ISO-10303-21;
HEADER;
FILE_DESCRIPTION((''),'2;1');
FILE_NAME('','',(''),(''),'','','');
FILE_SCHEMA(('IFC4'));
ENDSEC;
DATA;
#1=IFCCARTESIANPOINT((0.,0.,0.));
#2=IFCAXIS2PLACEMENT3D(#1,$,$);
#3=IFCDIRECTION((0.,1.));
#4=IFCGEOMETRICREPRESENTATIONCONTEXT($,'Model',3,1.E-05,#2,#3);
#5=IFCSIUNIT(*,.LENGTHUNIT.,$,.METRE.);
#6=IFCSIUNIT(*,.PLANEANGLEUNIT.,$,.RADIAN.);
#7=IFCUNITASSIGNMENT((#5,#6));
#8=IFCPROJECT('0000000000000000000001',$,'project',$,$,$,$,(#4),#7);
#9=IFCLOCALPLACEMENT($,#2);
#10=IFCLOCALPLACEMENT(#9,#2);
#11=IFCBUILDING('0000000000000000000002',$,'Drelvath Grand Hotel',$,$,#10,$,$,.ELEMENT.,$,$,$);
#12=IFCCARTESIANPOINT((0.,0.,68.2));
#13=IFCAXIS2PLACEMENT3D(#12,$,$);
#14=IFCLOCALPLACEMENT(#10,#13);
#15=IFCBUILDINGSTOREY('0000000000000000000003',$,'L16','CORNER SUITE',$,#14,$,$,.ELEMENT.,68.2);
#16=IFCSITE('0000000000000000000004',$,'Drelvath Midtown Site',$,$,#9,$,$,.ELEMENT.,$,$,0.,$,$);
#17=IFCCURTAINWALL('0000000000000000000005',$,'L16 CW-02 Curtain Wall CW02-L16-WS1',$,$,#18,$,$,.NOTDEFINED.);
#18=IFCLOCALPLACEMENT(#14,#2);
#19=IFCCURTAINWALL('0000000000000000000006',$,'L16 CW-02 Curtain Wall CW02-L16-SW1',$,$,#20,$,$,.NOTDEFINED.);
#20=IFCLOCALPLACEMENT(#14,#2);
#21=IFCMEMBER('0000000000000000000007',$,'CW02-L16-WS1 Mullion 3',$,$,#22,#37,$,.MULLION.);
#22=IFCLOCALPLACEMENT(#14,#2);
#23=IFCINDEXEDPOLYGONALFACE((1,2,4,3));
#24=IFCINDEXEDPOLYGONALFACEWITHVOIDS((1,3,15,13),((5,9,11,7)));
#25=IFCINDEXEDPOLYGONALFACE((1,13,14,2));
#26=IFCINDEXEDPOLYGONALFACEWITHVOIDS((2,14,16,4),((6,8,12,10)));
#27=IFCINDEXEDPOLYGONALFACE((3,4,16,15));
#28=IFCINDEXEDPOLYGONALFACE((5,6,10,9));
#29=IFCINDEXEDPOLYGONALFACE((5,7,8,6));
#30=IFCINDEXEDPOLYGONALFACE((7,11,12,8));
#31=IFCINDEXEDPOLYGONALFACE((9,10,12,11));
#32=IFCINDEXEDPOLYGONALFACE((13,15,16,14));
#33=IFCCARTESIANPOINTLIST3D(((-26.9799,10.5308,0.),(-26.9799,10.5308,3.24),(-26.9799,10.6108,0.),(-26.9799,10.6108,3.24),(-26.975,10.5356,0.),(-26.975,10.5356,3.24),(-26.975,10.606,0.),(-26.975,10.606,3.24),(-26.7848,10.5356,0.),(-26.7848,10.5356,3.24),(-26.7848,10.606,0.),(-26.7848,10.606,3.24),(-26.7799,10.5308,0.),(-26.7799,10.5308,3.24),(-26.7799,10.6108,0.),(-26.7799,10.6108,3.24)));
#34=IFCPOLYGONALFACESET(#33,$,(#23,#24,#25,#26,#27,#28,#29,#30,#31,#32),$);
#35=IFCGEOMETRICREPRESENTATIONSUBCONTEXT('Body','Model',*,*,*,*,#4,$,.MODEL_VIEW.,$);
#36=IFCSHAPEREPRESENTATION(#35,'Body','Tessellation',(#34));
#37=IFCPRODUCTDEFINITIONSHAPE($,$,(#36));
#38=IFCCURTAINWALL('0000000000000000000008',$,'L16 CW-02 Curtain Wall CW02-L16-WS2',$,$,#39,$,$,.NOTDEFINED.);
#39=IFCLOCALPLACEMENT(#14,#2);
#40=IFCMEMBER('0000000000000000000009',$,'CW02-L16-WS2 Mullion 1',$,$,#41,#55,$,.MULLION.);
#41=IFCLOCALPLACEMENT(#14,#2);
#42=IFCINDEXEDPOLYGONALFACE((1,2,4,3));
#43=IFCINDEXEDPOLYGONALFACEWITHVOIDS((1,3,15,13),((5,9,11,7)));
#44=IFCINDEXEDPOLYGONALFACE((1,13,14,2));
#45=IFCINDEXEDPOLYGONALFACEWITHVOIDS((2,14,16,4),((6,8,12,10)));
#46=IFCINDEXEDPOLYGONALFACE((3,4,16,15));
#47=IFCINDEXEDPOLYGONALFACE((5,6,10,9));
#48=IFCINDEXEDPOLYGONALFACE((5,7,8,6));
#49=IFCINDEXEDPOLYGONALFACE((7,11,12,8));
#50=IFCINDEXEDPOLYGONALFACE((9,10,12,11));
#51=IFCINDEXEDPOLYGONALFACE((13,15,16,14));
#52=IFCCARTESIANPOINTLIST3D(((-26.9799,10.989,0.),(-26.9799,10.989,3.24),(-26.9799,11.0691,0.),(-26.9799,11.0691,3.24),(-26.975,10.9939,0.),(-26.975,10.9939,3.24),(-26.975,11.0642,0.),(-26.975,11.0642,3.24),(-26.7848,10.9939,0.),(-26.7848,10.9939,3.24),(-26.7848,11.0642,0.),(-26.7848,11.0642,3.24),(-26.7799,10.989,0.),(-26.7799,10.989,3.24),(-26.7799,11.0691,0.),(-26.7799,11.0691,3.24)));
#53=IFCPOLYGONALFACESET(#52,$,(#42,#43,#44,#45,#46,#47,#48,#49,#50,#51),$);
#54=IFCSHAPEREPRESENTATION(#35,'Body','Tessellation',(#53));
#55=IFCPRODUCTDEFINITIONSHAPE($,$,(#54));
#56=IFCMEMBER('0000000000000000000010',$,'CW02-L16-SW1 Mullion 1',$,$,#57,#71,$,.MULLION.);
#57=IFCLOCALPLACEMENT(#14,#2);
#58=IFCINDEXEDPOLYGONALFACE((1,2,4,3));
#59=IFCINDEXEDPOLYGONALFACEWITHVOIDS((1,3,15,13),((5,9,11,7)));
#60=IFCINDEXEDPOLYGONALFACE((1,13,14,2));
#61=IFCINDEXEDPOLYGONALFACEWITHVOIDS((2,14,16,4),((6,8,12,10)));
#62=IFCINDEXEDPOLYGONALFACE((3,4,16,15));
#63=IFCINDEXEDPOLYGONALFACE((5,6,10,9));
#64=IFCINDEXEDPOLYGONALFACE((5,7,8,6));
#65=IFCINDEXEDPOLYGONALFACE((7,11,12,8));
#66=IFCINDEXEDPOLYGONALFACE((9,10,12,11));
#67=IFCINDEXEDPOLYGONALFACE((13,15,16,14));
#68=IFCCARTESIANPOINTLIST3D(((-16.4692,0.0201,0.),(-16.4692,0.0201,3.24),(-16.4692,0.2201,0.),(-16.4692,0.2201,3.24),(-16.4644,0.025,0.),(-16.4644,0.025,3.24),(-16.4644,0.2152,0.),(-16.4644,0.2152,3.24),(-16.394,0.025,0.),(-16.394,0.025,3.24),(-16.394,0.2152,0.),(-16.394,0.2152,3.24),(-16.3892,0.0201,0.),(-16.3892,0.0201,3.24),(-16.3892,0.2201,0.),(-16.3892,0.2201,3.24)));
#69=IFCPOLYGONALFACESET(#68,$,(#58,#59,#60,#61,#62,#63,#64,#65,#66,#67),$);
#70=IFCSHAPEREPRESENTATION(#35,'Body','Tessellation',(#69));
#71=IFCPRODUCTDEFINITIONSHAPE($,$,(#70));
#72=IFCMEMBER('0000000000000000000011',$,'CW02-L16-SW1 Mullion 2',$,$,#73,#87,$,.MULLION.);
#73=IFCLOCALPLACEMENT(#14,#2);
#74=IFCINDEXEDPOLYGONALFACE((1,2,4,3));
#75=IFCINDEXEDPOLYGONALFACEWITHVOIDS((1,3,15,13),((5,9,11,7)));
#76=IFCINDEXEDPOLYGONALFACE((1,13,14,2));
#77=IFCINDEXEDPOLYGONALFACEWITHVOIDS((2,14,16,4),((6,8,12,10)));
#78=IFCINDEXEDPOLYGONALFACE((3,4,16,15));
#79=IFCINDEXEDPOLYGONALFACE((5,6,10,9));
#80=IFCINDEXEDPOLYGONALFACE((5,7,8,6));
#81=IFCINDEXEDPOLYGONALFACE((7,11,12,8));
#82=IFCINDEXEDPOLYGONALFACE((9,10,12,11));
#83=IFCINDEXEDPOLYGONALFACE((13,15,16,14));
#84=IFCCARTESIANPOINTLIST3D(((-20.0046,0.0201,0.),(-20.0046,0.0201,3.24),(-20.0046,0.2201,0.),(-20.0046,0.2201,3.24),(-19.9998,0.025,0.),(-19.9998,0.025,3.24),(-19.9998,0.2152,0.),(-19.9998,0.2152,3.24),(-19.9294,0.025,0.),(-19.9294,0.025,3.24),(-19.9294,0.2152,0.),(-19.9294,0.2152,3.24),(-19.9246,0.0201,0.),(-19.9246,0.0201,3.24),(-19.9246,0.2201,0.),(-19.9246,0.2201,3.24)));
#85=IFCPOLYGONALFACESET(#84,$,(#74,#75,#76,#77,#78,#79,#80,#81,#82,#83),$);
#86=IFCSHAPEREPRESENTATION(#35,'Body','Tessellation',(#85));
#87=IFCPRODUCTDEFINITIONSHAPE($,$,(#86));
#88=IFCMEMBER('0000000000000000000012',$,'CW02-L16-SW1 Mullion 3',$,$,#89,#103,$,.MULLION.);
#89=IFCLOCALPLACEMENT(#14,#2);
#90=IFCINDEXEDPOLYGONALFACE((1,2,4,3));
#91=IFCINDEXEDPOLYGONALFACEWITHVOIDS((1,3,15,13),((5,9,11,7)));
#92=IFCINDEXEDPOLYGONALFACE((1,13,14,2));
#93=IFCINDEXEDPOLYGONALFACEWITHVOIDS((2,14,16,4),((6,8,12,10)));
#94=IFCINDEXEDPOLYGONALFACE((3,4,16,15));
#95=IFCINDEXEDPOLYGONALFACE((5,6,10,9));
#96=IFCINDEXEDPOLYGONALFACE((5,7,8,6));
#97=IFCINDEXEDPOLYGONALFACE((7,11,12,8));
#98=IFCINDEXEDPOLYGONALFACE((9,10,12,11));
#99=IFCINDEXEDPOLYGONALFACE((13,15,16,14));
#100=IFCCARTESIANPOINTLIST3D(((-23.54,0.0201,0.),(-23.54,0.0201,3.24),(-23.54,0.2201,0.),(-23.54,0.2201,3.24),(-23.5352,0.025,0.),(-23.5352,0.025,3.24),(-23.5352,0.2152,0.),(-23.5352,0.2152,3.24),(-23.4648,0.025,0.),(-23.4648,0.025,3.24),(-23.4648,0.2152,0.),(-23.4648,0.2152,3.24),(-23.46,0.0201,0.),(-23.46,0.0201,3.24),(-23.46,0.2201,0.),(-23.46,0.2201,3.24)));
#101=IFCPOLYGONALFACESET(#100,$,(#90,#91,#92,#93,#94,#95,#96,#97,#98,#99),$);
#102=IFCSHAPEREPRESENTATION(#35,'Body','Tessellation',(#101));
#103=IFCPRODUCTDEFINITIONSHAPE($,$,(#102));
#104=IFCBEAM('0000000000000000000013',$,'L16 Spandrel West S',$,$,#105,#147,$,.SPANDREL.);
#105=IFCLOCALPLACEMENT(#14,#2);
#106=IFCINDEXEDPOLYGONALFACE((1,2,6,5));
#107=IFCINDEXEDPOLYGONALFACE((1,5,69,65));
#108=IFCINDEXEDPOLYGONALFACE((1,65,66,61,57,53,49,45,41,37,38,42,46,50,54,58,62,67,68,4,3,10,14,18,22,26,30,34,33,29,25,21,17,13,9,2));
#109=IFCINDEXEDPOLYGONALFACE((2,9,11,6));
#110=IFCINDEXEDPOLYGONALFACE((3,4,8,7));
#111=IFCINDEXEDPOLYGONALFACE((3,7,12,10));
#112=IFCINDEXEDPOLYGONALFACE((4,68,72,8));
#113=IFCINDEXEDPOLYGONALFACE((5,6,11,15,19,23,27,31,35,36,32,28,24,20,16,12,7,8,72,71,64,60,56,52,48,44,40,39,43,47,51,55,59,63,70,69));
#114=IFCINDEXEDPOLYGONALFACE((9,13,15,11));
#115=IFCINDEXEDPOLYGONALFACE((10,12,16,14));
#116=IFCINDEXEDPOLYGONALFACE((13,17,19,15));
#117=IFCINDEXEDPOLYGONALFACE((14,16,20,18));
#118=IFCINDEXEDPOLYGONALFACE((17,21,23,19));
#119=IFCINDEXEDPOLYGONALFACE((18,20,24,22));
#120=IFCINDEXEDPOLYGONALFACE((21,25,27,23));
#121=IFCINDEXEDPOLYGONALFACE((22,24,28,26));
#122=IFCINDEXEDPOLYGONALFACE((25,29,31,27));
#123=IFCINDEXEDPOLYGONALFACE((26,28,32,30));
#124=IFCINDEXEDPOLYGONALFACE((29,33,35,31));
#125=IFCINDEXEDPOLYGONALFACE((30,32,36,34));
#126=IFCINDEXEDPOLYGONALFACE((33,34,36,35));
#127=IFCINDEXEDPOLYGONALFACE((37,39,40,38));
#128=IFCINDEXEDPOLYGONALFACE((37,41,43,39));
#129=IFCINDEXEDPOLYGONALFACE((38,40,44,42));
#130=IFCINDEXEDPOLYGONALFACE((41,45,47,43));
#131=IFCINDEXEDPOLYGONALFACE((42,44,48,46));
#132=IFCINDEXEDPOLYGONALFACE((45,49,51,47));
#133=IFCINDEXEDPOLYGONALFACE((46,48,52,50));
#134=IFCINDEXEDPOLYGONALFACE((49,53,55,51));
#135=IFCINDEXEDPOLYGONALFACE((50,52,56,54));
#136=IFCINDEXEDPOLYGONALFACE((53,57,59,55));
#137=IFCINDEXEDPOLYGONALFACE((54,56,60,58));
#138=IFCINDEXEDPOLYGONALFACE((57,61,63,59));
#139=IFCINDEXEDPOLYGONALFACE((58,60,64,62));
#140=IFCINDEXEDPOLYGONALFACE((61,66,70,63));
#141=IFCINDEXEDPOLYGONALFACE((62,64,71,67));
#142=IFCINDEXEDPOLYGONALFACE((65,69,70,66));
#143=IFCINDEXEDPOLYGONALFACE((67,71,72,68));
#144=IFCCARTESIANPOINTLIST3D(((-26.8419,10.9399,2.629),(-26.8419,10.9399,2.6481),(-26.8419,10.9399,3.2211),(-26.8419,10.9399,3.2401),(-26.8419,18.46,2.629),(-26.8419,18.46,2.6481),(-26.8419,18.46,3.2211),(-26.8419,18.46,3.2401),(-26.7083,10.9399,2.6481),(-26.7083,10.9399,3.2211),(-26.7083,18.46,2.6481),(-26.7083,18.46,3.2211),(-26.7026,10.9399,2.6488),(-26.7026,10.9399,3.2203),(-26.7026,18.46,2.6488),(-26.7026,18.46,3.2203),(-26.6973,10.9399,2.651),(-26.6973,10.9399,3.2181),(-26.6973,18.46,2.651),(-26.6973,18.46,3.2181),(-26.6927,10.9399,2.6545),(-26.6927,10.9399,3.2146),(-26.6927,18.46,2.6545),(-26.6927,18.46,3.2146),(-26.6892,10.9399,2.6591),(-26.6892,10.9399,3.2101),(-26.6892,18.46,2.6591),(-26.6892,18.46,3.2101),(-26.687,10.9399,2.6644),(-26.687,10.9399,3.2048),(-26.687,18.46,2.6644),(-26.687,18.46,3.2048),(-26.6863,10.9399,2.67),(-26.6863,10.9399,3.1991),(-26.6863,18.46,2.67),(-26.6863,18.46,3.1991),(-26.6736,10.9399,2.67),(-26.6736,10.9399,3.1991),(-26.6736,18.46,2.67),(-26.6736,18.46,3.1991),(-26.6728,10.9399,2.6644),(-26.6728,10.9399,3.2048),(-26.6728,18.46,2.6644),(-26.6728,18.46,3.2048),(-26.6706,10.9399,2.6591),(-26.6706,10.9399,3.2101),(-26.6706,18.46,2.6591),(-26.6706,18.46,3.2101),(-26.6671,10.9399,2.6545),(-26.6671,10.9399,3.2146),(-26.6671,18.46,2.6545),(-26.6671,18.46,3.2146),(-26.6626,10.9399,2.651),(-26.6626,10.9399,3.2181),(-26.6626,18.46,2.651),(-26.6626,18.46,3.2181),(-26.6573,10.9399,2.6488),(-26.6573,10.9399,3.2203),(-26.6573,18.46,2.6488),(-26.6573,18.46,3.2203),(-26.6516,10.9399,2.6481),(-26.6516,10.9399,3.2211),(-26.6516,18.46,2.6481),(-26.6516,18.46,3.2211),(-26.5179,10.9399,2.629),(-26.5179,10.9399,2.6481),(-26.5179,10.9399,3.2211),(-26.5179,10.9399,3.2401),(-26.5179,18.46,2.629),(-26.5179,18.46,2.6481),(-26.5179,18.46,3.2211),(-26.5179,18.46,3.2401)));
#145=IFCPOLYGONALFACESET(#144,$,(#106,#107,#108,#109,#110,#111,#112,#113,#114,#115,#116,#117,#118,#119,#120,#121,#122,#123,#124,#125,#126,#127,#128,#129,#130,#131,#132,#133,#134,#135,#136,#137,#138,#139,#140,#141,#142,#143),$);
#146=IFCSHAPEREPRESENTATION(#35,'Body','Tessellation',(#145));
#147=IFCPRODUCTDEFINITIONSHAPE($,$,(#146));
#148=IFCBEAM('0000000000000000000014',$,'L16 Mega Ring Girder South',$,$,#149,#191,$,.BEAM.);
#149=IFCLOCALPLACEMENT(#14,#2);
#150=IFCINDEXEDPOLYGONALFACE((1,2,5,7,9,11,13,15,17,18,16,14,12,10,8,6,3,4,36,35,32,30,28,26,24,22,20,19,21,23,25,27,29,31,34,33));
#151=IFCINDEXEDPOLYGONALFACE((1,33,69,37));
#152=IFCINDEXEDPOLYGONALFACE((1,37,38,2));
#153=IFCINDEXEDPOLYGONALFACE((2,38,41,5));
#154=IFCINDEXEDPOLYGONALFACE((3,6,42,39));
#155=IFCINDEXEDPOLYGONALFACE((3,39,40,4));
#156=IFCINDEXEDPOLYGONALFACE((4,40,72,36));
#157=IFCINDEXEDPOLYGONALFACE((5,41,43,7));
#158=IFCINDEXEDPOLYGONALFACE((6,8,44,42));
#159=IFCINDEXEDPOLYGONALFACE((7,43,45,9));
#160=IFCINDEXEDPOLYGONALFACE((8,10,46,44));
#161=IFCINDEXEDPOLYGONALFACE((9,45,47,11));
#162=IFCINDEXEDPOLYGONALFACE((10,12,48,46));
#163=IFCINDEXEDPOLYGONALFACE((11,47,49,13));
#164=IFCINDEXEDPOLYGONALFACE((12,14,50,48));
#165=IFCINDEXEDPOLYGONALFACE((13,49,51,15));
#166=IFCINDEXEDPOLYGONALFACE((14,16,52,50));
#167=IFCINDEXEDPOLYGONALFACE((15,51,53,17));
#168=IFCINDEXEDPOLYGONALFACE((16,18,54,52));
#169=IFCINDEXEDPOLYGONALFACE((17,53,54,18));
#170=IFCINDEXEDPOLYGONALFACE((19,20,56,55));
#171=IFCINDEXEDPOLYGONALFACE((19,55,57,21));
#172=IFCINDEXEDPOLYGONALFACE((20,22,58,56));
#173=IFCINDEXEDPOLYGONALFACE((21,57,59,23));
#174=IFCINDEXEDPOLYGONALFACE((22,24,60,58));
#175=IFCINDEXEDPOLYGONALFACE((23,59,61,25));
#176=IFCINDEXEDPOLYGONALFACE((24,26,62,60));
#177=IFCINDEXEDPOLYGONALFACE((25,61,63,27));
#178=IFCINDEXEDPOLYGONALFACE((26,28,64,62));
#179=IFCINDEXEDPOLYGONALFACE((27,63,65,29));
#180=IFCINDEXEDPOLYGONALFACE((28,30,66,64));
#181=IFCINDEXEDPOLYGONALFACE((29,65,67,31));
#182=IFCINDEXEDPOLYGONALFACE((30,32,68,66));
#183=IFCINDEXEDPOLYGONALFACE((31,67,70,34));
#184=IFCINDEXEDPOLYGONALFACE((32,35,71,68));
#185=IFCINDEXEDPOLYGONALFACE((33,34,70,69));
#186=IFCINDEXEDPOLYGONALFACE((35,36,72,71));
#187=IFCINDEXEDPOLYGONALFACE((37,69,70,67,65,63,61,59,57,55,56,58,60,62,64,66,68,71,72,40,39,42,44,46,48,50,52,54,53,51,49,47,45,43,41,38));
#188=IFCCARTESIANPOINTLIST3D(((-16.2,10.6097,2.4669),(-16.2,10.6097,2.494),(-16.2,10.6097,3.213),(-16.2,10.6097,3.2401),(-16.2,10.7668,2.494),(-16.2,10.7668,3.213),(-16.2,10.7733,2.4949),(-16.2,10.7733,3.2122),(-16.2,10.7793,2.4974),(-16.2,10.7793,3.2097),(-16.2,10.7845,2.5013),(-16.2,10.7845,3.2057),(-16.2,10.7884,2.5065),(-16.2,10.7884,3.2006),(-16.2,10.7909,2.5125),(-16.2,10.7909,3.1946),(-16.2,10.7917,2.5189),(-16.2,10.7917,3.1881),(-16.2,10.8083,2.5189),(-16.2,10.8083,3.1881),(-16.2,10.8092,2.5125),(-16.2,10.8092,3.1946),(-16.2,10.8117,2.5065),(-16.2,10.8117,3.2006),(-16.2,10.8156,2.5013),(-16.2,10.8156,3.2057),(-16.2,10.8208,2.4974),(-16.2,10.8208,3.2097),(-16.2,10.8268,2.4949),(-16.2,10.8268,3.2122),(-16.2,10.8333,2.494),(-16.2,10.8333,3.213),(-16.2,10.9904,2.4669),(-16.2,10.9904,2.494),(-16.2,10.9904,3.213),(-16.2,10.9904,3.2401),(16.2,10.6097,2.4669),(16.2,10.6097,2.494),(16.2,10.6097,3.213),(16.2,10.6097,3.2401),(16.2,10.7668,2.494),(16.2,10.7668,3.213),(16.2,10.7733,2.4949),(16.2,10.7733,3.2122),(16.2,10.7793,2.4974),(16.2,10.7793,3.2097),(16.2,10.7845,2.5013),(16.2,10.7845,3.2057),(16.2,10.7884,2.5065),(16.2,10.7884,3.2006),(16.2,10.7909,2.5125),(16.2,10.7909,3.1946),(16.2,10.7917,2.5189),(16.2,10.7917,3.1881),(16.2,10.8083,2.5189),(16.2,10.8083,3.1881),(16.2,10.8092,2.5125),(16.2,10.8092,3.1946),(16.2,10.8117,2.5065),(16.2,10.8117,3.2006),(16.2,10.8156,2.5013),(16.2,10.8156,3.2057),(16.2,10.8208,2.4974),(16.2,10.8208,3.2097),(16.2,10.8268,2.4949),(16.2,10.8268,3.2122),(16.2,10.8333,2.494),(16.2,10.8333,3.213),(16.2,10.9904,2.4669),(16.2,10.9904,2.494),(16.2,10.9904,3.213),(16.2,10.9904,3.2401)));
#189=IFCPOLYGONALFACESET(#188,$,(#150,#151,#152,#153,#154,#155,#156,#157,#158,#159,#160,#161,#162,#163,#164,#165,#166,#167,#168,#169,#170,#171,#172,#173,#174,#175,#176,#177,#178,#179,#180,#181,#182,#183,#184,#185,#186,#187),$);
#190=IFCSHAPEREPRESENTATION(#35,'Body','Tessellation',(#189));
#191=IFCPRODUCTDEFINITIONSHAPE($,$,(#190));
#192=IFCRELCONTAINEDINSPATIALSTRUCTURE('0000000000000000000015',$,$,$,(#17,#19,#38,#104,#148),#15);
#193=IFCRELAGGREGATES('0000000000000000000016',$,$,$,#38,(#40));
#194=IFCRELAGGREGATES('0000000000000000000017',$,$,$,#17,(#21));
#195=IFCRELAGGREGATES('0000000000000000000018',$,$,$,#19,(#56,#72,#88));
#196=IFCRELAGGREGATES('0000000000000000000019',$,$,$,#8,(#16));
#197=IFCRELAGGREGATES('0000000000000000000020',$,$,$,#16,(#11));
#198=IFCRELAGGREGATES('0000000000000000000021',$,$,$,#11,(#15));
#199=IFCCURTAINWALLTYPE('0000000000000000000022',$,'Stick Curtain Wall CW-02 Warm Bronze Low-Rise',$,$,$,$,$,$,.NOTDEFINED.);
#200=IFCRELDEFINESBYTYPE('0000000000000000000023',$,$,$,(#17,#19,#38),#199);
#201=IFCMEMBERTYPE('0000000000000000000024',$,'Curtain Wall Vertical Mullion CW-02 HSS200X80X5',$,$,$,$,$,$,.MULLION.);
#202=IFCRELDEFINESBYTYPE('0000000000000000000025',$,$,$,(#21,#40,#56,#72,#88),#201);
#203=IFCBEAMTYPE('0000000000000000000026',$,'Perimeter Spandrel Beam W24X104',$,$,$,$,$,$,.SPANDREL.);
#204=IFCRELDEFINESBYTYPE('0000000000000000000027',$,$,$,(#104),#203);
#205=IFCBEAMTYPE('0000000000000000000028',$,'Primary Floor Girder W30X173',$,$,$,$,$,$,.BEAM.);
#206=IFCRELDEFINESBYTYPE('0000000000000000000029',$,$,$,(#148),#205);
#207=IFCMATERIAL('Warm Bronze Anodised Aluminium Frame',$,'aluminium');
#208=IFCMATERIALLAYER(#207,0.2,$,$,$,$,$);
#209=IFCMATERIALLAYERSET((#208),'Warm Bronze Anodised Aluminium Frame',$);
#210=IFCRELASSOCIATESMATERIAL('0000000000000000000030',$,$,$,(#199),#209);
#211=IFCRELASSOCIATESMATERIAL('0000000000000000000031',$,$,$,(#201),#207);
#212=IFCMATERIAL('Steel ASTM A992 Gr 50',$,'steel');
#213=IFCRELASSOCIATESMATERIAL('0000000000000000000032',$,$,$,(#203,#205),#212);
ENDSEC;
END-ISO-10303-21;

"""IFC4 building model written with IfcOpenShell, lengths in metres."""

from ifc_helpers import new_model, si_unit, direction, frame, origin, origin_2d, place, context, subcontext, project, spatial, hollow_rectangle, i_section, extrude, material, layer, layer_set, material_profile, profile_set, type_object, element, aggregate, save


model = new_model("IFC4")

# Units and contexts
model_context = context("Model", 3, precision=1e-05, world=origin(), true_north=direction((0.0, 1.0)))
body_context = subcontext(model_context, "Body", "Model", "MODEL_VIEW")
ifc_project = project(units=[si_unit("LENGTHUNIT", "METRE"), si_unit("PLANEANGLEUNIT", "RADIAN")], contexts=[model_context])

# Site, building, storey
site_placement = place(None, origin())
site = spatial("IfcSite", under=ifc_project, at=site_placement, Name="Drelvath Midtown Site", CompositionType="ELEMENT", RefElevation=0.0)
building_placement = place(site_placement, origin())
building = spatial("IfcBuilding", under=site, at=building_placement, Name="Drelvath Grand Hotel", CompositionType="ELEMENT")
storey_placement = place(building_placement, frame((0.0, 0.0, 68.2)))
storey = spatial("IfcBuildingStorey", under=building, at=storey_placement, Name="L16", Description="CORNER SUITE", CompositionType="ELEMENT", Elevation=68.2)

# Curtain walls
ifc_material_1 = material(Name="Warm Bronze Anodised Aluminium Frame", Category="aluminium")
ifc_layer_1 = layer(ifc_material_1, 0.2)
ifc_layer_set_1 = layer_set([ifc_layer_1], Name="Warm Bronze Anodised Aluminium Frame")
curtain_wall_type = type_object("IfcCurtainWallType", Name="Stick Curtain Wall CW-02 Warm Bronze Low-Rise", PredefinedType="NOTDEFINED", material=ifc_layer_set_1)
curtain_wall_1_placement = place(storey_placement, origin())
curtain_wall_1 = element("IfcCurtainWall", 1, at=curtain_wall_1_placement, inside=storey, type_object=curtain_wall_type, Name="L16 CW-02 Curtain Wall CW02-L16-WS1", PredefinedType="NOTDEFINED")
curtain_wall_2_placement = place(storey_placement, origin())
curtain_wall_2 = element("IfcCurtainWall", 2, at=curtain_wall_2_placement, inside=storey, type_object=curtain_wall_type, Name="L16 CW-02 Curtain Wall CW02-L16-SW1", PredefinedType="NOTDEFINED")

# Member
ifc_material_profile_1 = material_profile(ifc_material_1, hollow_rectangle(XDim=0.0801, YDim=0.2, WallThickness=0.0049, at=origin_2d()), Name="HSS200X80X5")
ifc_profile_set_1 = profile_set([ifc_material_profile_1], Name="Warm Bronze Anodised Aluminium Frame")
member_type_1 = type_object("IfcMemberType", Name="Curtain Wall Vertical Mullion CW-02 HSS200X80X5", PredefinedType="MULLION", material=ifc_profile_set_1)
member_1_placement = place(storey_placement, frame((-26.8799, 10.5708, 0.0), z_axis=(0.0, 0.0, 1.0), x_axis=(0.0, 1.0, 0.0)))
member_1 = element("IfcMember", 3, at=member_1_placement, type_object=member_type_1, Name="CW02-L16-WS1 Mullion 3", PredefinedType="MULLION", context=body_context, shape_type="SweptSolid", body=[
    extrude(hollow_rectangle(XDim=0.0801, YDim=0.2, WallThickness=0.0049, at=origin_2d()), origin(), (0.0, 0.0, 1.0), 3.24),
])

# Curtain wall, member
curtain_wall_3_placement = place(storey_placement, origin())
curtain_wall_3 = element("IfcCurtainWall", 4, at=curtain_wall_3_placement, inside=storey, type_object=curtain_wall_type, Name="L16 CW-02 Curtain Wall CW02-L16-WS2", PredefinedType="NOTDEFINED")
member_2_placement = place(storey_placement, frame((-26.8799, 11.0291, 0.0), z_axis=(0.0, 0.0, 1.0), x_axis=(0.0, 1.0, 0.0)))
member_2 = element("IfcMember", 5, at=member_2_placement, type_object=member_type_1, Name="CW02-L16-WS2 Mullion 1", PredefinedType="MULLION", context=body_context, shape_type="SweptSolid", body=[
    extrude(hollow_rectangle(XDim=0.0801, YDim=0.2, WallThickness=0.0049, at=origin_2d()), origin(), (0.0, 0.0, 1.0), 3.24),
])
aggregate(curtain_wall_3, [member_2])

# Members
member_3_placement = place(storey_placement, frame((-16.4292, 0.1201, 0.0), z_axis=(0.0, 0.0, 1.0), x_axis=(1.0, 0.0, 0.0)))
member_3 = element("IfcMember", 6, at=member_3_placement, type_object=member_type_1, Name="CW02-L16-SW1 Mullion 1", PredefinedType="MULLION", context=body_context, shape_type="SweptSolid", body=[
    extrude(hollow_rectangle(XDim=0.0801, YDim=0.2, WallThickness=0.0049, at=origin_2d()), origin(), (0.0, 0.0, 1.0), 3.24),
])
member_4_placement = place(storey_placement, frame((-19.9646, 0.1201, 0.0), z_axis=(0.0, 0.0, 1.0), x_axis=(1.0, 0.0, 0.0)))
member_4 = element("IfcMember", 7, at=member_4_placement, type_object=member_type_1, Name="CW02-L16-SW1 Mullion 2", PredefinedType="MULLION", context=body_context, shape_type="SweptSolid", body=[
    extrude(hollow_rectangle(XDim=0.0801, YDim=0.2, WallThickness=0.0049, at=origin_2d()), origin(), (0.0, 0.0, 1.0), 3.24),
])
member_5_placement = place(storey_placement, frame((-23.5, 0.1201, 0.0), z_axis=(0.0, 0.0, 1.0), x_axis=(1.0, 0.0, 0.0)))
member_5 = element("IfcMember", 8, at=member_5_placement, type_object=member_type_1, Name="CW02-L16-SW1 Mullion 3", PredefinedType="MULLION", context=body_context, shape_type="SweptSolid", body=[
    extrude(hollow_rectangle(XDim=0.0801, YDim=0.2, WallThickness=0.0049, at=origin_2d()), origin(), (0.0, 0.0, 1.0), 3.24),
])

# Beams
ifc_material_2 = material(Name="Steel ASTM A992 Gr 50", Category="steel")
ifc_material_profile_2 = material_profile(ifc_material_2, i_section(OverallWidth=0.324, OverallDepth=0.6111, WebThickness=0.0127, FlangeThickness=0.019, FilletRadius=0.022, at=origin_2d()), Name="W24X104")
ifc_profile_set_2 = profile_set([ifc_material_profile_2], Name="Steel ASTM A992 Gr 50")
beam_type_1 = type_object("IfcBeamType", Name="Perimeter Spandrel Beam W24X104", PredefinedType="SPANDREL", material=ifc_profile_set_2)
beam_placement = place(storey_placement, frame((-26.6799, 10.9399, 2.9346), z_axis=(0.0, 1.0, 0.0), x_axis=(-1.0, 0.0, 0.0)))
element("IfcBeam", 9, at=beam_placement, inside=storey, type_object=beam_type_1, Name="L16 Spandrel West S", PredefinedType="SPANDREL", context=body_context, shape_type="SweptSolid", body=[
    extrude(i_section(OverallWidth=0.324, OverallDepth=0.6111, WebThickness=0.0127, FlangeThickness=0.019, FilletRadius=0.022, at=origin_2d()), origin(), (0.0, 0.0, 1.0), 7.52),
])
ifc_material_profile_3 = material_profile(ifc_material_2, i_section(OverallWidth=0.3806, OverallDepth=0.7732, WebThickness=0.0166, FlangeThickness=0.0271, FilletRadius=0.0249, at=origin_2d()), Name="W30X173")
ifc_profile_set_3 = profile_set([ifc_material_profile_3], Name="Steel ASTM A992 Gr 50")
beam_type_2 = type_object("IfcBeamType", Name="Primary Floor Girder W30X173", PredefinedType="BEAM", material=ifc_profile_set_3)
for number, where, z_axis, x_axis, name in (
    (10, (-16.2, 10.8, 2.8535), (1.0, 0.0, 0.0), (0.0, 1.0, 0.0), "L16 Mega Ring Girder South"),
):
    element("IfcBeam", number, at=place(storey_placement, frame(where, z_axis=z_axis, x_axis=x_axis)), inside=storey, type_object=beam_type_2, Name=name, PredefinedType="BEAM", context=body_context, shape_type="SweptSolid", body=[
        extrude(i_section(OverallWidth=0.3806, OverallDepth=0.7732, WebThickness=0.0166, FlangeThickness=0.0271, FilletRadius=0.0249, at=origin_2d()), origin(), (0.0, 0.0, 1.0), 32.3999),
    ])

aggregate(curtain_wall_1, [member_1])
aggregate(curtain_wall_2, [member_3, member_4, member_5])

save(model, "model.ifc")
